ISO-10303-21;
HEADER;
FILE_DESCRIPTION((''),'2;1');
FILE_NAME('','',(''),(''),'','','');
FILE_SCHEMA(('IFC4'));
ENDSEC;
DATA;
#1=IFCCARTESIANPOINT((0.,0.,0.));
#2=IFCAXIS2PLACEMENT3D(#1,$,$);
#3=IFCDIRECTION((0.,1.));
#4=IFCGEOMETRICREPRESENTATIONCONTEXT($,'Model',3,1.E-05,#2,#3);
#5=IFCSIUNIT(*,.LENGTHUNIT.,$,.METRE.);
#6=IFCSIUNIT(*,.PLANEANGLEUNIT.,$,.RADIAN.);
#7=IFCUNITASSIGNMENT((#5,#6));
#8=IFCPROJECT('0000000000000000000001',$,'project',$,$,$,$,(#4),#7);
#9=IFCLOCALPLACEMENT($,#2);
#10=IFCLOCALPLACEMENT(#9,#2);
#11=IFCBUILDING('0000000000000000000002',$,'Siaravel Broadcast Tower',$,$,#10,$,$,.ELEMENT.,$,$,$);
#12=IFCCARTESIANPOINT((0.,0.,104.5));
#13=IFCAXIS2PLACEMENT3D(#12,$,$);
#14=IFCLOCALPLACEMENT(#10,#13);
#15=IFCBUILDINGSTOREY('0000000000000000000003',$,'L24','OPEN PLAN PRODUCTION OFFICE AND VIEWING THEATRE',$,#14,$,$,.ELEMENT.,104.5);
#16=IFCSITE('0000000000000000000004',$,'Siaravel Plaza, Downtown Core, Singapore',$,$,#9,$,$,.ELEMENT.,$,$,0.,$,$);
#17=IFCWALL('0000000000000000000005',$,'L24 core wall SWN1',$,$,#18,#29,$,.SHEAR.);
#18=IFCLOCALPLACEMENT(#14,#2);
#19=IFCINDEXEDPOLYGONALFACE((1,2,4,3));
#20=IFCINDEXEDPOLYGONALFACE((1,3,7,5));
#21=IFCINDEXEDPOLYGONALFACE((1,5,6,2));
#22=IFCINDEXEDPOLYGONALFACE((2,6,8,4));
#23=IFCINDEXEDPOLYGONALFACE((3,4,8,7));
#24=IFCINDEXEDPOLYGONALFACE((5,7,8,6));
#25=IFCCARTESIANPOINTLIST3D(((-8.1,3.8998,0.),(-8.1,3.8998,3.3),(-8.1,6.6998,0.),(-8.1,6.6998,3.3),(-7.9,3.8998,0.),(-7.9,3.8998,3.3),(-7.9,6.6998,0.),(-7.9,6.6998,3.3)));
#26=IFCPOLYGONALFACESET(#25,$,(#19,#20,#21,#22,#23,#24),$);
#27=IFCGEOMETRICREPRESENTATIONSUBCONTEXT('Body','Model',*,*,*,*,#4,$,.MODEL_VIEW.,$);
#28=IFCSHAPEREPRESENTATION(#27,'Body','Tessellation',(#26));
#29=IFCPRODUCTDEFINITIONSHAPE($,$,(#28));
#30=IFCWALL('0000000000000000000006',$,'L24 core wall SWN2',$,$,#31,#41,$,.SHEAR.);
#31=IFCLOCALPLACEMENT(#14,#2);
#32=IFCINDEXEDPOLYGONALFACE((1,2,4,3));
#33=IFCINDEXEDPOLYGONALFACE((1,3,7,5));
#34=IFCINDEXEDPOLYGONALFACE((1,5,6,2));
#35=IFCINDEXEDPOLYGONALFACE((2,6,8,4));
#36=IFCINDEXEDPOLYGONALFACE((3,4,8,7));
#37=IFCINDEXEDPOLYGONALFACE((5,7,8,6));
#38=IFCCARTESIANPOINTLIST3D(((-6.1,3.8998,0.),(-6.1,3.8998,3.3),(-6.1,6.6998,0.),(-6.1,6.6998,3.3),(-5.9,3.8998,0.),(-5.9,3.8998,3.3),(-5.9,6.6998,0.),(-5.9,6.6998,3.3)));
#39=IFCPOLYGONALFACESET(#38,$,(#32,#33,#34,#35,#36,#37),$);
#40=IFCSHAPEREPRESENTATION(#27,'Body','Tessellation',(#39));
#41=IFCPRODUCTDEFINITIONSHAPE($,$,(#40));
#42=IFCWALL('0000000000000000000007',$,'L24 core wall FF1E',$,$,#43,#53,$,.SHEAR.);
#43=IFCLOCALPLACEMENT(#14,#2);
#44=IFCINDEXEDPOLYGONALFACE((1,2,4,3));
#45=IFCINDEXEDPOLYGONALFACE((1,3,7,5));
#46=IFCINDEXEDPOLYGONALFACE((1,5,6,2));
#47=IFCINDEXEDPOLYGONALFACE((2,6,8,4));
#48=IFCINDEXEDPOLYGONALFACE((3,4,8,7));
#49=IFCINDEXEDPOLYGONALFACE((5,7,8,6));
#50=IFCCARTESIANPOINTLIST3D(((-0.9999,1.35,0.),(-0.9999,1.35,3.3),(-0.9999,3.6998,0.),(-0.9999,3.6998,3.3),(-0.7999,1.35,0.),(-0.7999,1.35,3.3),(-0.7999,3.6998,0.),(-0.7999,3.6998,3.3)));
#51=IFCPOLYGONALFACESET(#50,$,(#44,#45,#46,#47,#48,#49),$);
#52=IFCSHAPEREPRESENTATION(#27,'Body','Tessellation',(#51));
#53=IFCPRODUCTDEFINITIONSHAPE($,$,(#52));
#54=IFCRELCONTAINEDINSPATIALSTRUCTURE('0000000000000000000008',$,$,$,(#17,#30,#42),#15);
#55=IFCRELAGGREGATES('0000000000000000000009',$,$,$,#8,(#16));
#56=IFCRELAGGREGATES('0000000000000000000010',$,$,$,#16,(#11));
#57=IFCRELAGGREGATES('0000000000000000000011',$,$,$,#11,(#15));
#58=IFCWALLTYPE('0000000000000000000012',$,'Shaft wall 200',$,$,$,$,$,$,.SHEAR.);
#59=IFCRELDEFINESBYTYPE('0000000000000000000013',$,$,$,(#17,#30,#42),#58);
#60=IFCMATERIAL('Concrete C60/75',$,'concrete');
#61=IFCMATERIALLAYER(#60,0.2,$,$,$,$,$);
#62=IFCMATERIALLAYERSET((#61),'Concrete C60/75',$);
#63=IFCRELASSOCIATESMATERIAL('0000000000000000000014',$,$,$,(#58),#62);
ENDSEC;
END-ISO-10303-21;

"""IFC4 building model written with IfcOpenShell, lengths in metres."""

from ifc_helpers import new_model, si_unit, direction, frame, frame_2d, origin, place, context, subcontext, project, spatial, rectangle, extrude, material, layer, layer_set, type_object, element, save


model = new_model("IFC4")

# Units and contexts
model_context = context("Model", 3, precision=1e-05, world=origin(), true_north=direction((0.0, 1.0)))
body_context = subcontext(model_context, "Body", "Model", "MODEL_VIEW")
ifc_project = project(units=[si_unit("LENGTHUNIT", "METRE"), si_unit("PLANEANGLEUNIT", "RADIAN")], contexts=[model_context])

# Site, building, storey
site_placement = place(None, origin())
site = spatial("IfcSite", under=ifc_project, at=site_placement, Name="Siaravel Plaza, Downtown Core, Singapore", CompositionType="ELEMENT", RefElevation=0.0)
building_placement = place(site_placement, origin())
building = spatial("IfcBuilding", under=site, at=building_placement, Name="Siaravel Broadcast Tower", CompositionType="ELEMENT")
storey_placement = place(building_placement, frame((0.0, 0.0, 104.5)))
storey = spatial("IfcBuildingStorey", under=building, at=storey_placement, Name="L24", Description="OPEN PLAN PRODUCTION OFFICE AND VIEWING THEATRE", CompositionType="ELEMENT", Elevation=104.5)

# Shared definitions
ifc_material_1 = material(Name="Concrete C60/75", Category="concrete")

# Walls
ifc_layer_1 = layer(ifc_material_1, 0.2)
ifc_layer_set_1 = layer_set([ifc_layer_1], Name="Concrete C60/75")
wall_type_1 = type_object("IfcWallType", Name="Shaft wall 200", PredefinedType="SHEAR", material=ifc_layer_set_1)
for number, where, z_axis, x_axis, name in (
    (1, (-8.0, 3.8999, 0.0), (0.0, 0.0, 1.0), (0.0, 1.0, 0.0), "L24 core wall SWN1"),
    (2, (-6.0, 3.8999, 0.0), (0.0, 0.0, 1.0), (0.0, 1.0, 0.0), "L24 core wall SWN2"),
):
    element("IfcWall", number, at=place(storey_placement, frame(where, z_axis=z_axis, x_axis=x_axis)), inside=storey, type_object=wall_type_1, Name=name, PredefinedType="SHEAR", context=body_context, shape_type="SweptSolid", body=[
        extrude(rectangle(XDim=2.8, YDim=0.2, at=frame_2d((1.3999, 0.0))), origin(), (0.0, 0.0, 1.0), 3.3),
    ])
wall_1_placement = place(storey_placement, frame((-0.8999, 1.3501, 0.0), z_axis=(0.0, 0.0, 1.0), x_axis=(0.0, 1.0, 0.0)))
element("IfcWall", 3, at=wall_1_placement, inside=storey, type_object=wall_type_1, Name="L24 core wall FF1E", PredefinedType="SHEAR", context=body_context, shape_type="SweptSolid", body=[
    extrude(rectangle(XDim=2.3499, YDim=0.2, at=frame_2d((1.1748, 0.0))), origin(), (0.0, 0.0, 1.0), 3.3),
])

save(model, "model.ifc")
